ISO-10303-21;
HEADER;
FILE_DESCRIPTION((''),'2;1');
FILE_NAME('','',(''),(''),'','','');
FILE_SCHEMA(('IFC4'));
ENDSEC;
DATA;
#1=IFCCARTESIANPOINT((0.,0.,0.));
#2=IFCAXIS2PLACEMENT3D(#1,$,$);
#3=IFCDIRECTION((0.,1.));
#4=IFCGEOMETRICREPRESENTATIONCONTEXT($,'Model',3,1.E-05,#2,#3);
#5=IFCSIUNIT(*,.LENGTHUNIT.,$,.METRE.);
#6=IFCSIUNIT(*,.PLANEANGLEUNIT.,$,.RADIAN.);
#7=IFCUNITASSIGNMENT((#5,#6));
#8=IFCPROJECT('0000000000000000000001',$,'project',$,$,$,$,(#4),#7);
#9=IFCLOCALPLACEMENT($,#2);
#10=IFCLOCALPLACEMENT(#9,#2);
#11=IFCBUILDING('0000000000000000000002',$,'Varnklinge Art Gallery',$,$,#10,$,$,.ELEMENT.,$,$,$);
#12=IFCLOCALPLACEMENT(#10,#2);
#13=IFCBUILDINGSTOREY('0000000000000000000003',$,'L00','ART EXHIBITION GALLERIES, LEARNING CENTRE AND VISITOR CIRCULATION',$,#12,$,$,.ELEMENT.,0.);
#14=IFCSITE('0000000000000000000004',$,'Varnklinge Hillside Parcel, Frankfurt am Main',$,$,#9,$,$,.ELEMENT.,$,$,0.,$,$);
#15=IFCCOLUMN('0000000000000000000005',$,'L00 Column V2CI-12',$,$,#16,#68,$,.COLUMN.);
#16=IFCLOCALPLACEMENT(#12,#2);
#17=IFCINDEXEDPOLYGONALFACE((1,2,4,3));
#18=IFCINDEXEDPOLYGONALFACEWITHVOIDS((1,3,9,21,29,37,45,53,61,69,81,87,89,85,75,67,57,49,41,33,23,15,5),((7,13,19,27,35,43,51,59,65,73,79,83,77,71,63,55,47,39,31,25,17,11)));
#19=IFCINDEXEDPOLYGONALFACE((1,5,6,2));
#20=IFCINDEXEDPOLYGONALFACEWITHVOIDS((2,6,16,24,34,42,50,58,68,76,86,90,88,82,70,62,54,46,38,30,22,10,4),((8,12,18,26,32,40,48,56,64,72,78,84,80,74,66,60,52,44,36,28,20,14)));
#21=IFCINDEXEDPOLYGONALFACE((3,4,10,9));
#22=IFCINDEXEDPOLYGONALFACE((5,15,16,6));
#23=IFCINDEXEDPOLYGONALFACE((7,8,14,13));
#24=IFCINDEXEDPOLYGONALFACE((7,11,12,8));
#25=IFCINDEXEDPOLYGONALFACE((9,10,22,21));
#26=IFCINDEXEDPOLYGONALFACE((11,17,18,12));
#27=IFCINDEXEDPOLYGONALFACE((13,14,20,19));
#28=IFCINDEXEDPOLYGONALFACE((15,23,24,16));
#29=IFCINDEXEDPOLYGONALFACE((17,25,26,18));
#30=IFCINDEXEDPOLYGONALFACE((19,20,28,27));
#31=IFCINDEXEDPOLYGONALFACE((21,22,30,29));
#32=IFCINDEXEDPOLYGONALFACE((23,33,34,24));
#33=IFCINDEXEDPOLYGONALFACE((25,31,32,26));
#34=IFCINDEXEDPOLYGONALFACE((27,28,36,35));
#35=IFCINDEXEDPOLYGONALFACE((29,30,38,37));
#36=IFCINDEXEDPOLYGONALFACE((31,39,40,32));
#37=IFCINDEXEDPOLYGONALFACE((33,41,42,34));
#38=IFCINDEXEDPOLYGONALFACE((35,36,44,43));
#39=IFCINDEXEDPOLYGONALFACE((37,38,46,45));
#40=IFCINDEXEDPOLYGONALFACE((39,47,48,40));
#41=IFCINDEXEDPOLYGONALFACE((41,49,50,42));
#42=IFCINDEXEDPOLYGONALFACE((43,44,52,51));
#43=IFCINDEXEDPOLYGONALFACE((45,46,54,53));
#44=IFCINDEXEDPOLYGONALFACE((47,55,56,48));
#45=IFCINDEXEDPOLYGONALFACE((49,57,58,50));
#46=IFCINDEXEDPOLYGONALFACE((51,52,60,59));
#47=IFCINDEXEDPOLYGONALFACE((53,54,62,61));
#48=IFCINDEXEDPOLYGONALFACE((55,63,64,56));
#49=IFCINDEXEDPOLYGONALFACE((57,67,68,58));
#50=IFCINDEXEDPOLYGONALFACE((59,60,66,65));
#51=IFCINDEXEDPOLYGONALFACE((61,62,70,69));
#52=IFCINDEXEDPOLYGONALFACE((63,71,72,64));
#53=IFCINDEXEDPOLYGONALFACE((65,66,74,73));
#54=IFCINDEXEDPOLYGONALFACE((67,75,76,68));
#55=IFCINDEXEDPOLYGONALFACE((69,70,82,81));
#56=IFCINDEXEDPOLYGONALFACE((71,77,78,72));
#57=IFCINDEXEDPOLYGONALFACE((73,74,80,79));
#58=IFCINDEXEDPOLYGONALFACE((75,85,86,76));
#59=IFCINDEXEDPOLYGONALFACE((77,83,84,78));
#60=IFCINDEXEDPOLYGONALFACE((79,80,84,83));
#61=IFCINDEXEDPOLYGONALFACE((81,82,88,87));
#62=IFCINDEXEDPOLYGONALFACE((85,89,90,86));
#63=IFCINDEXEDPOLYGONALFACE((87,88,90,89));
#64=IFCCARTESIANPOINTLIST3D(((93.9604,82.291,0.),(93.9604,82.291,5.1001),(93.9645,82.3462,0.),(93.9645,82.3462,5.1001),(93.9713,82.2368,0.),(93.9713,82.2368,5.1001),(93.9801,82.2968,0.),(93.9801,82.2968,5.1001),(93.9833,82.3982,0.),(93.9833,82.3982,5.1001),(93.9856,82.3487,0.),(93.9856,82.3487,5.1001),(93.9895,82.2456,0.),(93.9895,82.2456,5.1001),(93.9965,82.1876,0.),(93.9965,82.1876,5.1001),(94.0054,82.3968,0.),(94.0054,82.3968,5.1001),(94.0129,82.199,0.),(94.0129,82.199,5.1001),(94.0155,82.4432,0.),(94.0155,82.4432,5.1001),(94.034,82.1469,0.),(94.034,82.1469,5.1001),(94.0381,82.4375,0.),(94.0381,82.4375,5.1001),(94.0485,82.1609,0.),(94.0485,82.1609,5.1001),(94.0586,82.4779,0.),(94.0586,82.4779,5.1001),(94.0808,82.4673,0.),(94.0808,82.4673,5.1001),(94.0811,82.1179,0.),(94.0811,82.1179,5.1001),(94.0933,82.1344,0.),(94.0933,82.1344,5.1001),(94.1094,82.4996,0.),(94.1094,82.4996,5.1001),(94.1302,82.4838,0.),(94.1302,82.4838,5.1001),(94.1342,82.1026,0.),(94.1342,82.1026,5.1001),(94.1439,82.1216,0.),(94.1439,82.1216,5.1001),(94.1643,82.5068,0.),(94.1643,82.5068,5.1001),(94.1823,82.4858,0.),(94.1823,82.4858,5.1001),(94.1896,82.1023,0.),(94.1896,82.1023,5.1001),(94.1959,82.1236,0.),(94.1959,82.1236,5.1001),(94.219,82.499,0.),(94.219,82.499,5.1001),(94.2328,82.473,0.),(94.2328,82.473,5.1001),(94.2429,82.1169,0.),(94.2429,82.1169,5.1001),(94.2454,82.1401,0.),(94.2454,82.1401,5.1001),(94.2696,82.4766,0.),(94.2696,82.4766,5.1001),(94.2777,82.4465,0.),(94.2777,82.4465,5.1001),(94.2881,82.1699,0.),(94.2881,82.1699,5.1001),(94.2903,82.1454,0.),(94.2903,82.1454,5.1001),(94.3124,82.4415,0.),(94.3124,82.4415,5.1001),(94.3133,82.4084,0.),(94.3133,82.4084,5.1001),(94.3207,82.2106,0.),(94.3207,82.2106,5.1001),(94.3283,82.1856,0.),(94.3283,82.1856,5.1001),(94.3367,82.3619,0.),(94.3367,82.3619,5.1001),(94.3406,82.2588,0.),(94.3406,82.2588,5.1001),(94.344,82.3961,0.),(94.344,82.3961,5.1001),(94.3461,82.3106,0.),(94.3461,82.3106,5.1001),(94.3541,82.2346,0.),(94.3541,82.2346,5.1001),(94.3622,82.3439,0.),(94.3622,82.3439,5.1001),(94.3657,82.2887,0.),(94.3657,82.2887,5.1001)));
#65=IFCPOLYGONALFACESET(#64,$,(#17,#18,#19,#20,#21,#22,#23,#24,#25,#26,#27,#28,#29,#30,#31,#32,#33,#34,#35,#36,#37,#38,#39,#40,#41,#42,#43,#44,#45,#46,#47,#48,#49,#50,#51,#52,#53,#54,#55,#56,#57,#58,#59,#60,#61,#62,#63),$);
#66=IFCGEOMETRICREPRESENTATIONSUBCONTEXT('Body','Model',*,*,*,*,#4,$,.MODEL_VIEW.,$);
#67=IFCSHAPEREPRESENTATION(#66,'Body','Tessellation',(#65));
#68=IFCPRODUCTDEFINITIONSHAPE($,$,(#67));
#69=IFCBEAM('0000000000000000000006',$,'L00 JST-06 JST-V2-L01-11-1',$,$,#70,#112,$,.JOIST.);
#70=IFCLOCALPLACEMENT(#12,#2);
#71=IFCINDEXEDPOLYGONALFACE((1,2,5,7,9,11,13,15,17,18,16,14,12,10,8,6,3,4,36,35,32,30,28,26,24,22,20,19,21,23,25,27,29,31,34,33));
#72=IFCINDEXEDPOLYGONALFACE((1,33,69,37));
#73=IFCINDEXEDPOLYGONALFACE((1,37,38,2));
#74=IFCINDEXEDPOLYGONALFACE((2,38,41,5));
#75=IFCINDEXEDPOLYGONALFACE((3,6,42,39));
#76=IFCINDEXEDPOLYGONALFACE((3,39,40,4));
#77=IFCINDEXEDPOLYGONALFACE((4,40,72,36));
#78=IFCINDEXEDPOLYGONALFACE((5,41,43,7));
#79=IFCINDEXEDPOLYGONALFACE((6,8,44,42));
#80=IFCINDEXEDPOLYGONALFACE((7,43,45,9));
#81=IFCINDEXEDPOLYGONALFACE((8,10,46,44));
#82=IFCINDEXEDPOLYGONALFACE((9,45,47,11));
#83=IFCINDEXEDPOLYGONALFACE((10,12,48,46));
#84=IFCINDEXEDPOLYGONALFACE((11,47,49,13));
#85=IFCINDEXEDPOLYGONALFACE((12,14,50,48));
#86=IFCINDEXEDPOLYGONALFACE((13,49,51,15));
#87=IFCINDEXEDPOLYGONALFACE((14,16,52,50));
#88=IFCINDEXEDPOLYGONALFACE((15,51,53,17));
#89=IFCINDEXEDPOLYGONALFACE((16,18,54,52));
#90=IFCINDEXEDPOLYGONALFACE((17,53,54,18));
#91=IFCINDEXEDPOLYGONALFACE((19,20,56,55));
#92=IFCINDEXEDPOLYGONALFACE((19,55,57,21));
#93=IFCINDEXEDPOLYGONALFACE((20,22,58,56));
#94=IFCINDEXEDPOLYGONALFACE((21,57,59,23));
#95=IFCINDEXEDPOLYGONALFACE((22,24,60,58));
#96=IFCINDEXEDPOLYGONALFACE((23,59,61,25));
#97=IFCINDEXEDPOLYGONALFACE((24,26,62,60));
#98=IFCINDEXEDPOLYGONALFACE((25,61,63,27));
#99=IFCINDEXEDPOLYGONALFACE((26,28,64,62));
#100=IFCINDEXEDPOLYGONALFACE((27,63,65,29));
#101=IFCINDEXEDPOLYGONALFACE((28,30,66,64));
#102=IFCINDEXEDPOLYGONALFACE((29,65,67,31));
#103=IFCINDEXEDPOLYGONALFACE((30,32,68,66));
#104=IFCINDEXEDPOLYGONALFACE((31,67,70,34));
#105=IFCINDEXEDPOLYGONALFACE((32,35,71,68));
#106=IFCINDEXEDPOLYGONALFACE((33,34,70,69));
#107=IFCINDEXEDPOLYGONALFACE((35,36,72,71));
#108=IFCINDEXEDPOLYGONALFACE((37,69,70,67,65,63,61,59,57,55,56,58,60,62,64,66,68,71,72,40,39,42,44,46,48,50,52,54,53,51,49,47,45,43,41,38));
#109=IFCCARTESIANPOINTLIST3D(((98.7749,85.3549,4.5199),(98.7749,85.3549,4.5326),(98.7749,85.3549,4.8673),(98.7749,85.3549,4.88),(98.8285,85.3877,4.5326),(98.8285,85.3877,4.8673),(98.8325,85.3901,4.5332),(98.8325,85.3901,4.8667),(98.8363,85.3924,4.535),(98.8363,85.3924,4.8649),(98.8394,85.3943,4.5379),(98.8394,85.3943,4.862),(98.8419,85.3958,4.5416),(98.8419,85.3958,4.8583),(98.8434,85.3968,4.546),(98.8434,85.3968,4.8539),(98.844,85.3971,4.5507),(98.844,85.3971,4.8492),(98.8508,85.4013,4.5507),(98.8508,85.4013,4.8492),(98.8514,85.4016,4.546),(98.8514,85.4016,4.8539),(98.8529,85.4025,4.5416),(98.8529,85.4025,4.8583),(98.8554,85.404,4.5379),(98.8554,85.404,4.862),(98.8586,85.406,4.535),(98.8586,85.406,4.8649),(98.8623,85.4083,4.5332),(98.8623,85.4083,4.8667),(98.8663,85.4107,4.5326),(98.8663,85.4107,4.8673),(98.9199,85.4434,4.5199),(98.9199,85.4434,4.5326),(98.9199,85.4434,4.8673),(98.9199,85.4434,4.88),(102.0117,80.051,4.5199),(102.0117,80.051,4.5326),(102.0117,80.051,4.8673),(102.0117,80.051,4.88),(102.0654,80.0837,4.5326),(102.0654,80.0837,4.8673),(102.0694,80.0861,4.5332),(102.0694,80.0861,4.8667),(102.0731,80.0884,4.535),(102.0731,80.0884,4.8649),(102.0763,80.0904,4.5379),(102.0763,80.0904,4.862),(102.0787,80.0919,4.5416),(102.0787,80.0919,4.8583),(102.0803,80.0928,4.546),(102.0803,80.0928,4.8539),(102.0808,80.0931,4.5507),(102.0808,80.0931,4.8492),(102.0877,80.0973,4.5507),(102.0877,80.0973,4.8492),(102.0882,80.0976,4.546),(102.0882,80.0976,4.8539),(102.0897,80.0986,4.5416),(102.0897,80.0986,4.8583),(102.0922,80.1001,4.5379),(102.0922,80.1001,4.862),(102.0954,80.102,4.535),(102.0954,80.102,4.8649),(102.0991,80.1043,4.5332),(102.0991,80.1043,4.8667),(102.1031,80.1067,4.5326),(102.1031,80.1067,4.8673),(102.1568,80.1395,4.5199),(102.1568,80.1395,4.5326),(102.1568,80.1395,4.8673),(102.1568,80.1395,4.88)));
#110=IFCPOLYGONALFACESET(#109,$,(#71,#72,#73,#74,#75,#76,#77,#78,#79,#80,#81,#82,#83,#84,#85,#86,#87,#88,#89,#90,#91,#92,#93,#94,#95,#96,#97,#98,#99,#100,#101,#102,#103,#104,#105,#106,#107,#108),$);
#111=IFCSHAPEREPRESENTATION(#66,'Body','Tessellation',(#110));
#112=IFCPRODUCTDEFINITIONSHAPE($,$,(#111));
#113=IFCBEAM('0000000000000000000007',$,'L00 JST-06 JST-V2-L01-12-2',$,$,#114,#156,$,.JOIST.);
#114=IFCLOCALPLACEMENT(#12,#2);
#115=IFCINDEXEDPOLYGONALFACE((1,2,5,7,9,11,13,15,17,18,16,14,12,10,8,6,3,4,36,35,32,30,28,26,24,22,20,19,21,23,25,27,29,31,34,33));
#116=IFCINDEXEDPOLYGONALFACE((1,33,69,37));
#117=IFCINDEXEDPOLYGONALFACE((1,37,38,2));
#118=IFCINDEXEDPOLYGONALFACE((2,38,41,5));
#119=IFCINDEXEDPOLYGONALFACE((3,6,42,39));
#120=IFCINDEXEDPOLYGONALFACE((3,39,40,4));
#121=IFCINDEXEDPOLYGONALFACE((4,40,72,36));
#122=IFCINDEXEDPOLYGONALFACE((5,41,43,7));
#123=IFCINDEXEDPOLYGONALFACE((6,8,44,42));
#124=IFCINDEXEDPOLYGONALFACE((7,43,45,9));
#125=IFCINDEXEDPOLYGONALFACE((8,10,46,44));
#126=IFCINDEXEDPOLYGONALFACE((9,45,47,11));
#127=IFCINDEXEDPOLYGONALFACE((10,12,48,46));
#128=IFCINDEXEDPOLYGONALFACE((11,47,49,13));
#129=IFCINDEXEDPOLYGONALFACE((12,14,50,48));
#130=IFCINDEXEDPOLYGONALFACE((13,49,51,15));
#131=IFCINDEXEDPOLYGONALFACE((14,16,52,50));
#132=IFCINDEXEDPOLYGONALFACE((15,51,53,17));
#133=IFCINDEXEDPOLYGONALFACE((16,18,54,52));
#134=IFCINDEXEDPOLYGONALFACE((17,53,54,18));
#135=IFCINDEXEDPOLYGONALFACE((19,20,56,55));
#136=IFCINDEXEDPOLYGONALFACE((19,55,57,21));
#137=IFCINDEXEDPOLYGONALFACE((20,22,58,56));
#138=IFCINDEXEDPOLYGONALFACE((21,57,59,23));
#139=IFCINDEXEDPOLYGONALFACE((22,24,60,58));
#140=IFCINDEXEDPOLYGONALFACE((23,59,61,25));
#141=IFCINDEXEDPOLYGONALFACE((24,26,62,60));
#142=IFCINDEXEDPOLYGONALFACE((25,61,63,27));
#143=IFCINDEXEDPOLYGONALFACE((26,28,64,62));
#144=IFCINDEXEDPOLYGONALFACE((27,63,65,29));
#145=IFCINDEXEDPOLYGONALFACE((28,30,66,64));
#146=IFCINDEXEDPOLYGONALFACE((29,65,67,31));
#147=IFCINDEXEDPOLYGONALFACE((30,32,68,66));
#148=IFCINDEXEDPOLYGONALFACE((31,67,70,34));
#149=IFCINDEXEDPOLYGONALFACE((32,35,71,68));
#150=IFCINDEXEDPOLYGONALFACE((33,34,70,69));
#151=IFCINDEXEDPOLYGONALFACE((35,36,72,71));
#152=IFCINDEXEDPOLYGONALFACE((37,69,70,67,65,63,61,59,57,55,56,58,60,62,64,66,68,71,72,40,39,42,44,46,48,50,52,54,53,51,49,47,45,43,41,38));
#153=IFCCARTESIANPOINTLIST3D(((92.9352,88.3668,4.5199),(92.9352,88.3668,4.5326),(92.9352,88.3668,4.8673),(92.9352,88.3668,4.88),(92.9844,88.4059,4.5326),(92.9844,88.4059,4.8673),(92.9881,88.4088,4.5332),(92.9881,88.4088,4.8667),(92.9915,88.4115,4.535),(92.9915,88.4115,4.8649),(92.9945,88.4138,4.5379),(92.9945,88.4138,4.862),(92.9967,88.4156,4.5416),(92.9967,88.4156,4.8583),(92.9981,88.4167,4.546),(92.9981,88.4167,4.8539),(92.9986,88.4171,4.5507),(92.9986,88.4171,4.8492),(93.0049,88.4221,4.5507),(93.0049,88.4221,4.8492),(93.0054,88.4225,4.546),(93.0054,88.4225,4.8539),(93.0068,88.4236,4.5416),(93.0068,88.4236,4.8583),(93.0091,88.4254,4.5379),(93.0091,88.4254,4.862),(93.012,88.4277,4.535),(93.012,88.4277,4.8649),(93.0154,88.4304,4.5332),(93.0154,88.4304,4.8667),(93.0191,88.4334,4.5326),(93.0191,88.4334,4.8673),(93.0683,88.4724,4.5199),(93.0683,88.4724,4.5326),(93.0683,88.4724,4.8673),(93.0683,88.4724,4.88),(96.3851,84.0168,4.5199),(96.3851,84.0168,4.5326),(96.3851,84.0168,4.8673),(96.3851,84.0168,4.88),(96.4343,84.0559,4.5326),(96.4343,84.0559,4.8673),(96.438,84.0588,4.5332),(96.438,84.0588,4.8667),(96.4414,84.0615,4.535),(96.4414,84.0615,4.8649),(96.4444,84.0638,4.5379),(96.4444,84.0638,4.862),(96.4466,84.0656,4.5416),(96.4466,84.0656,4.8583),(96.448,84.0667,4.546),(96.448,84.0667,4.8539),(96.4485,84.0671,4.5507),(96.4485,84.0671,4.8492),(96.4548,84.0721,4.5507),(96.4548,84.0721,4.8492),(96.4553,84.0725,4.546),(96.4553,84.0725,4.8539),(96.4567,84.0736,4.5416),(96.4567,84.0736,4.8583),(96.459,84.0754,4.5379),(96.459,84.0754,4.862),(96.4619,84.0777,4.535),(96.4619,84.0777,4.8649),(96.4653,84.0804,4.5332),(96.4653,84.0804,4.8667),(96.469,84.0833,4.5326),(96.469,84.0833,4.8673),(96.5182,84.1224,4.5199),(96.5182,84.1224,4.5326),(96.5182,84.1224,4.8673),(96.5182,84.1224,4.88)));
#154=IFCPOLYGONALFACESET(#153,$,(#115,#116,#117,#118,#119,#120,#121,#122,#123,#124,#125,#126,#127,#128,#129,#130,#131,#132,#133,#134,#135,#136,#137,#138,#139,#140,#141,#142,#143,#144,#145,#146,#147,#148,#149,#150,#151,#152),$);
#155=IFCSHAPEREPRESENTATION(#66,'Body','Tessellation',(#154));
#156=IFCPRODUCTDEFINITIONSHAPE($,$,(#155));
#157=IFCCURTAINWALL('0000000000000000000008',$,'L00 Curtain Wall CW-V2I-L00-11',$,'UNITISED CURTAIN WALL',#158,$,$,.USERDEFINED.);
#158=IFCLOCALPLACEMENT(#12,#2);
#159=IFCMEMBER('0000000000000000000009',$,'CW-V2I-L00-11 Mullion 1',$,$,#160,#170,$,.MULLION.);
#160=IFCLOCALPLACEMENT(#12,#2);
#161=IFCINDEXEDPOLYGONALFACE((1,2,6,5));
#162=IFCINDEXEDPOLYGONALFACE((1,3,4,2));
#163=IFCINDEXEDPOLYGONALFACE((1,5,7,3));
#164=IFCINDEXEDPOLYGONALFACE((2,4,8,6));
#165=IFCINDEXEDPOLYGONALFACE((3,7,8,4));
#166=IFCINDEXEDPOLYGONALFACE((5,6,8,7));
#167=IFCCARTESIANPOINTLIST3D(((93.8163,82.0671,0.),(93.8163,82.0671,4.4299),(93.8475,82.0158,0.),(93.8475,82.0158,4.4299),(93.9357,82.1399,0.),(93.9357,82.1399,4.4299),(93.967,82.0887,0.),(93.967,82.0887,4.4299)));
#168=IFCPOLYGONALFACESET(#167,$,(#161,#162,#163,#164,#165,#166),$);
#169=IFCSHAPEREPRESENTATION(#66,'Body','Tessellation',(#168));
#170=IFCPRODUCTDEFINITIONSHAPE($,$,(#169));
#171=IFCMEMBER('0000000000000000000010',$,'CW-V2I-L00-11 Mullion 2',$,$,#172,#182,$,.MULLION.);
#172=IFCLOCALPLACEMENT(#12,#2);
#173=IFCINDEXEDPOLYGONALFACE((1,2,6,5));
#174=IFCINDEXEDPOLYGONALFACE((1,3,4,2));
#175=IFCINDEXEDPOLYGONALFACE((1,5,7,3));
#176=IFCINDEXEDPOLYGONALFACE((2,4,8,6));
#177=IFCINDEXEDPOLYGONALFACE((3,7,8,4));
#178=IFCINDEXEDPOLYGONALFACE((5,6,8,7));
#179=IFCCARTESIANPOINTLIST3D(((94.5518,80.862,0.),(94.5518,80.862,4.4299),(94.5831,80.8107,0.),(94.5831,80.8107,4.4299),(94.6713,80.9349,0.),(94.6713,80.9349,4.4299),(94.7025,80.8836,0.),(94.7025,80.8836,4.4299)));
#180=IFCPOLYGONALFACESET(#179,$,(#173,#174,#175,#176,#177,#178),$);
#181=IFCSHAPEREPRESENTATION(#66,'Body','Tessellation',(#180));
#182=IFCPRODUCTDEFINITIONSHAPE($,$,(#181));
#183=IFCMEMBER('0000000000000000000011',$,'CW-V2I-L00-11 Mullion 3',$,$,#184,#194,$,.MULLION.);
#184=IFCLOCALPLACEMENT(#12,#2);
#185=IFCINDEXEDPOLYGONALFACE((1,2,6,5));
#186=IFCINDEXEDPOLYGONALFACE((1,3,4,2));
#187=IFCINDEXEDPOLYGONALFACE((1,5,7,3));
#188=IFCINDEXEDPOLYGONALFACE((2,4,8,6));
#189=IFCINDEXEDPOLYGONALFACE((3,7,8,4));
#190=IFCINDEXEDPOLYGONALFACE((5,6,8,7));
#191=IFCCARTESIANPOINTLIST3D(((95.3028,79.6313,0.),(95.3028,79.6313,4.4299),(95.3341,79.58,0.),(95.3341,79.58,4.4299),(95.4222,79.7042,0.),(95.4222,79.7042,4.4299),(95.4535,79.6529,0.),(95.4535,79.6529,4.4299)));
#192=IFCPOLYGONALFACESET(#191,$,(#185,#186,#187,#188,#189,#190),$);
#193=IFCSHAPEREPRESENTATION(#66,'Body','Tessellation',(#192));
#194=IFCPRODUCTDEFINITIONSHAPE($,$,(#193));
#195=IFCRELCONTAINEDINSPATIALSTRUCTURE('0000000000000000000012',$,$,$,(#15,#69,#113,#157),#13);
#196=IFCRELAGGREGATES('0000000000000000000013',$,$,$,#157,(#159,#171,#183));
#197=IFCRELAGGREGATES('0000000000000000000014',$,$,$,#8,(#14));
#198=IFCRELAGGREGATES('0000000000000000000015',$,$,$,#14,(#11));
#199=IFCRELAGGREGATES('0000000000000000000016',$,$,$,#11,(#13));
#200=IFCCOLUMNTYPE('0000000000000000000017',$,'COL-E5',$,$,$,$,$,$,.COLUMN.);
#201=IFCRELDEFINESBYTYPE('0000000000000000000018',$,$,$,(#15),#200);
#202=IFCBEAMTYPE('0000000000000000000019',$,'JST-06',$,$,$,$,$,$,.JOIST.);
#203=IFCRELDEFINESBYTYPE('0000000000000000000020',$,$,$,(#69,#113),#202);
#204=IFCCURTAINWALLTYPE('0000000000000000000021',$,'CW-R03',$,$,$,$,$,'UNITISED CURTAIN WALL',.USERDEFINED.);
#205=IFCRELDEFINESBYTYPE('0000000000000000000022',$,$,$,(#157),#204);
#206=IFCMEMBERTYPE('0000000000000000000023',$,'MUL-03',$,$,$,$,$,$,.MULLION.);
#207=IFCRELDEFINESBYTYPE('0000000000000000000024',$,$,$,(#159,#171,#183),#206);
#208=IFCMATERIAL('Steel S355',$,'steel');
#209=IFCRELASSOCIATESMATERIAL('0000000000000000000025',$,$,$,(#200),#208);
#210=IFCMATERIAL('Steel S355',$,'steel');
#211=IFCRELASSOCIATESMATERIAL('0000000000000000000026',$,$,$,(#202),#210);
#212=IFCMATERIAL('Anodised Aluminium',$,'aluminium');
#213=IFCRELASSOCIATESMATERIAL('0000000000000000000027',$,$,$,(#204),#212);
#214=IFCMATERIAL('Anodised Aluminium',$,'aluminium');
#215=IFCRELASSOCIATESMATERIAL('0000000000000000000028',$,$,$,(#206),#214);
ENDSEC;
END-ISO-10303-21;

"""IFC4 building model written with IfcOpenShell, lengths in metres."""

from ifc_helpers import new_model, si_unit, direction, frame, origin, origin_2d, place, context, subcontext, project, spatial, rectangle, hollow_circle, i_section, extrude, material, material_profile, profile_set, type_object, element, aggregate, save


model = new_model("IFC4")

# Units and contexts
model_context = context("Model", 3, precision=1e-05, world=origin(), true_north=direction((0.0, 1.0)))
body_context = subcontext(model_context, "Body", "Model", "MODEL_VIEW")
ifc_project = project(units=[si_unit("LENGTHUNIT", "METRE"), si_unit("PLANEANGLEUNIT", "RADIAN")], contexts=[model_context])

# Site, building, storey
site_placement = place(None, origin())
site = spatial("IfcSite", under=ifc_project, at=site_placement, Name="Varnklinge Hillside Parcel, Frankfurt am Main", CompositionType="ELEMENT", RefElevation=0.0)
building_placement = place(site_placement, origin())
building = spatial("IfcBuilding", under=site, at=building_placement, Name="Varnklinge Art Gallery", CompositionType="ELEMENT")
storey_placement = place(building_placement, origin())
storey = spatial("IfcBuildingStorey", under=building, at=storey_placement, Name="L00", Description="ART EXHIBITION GALLERIES, LEARNING CENTRE AND VISITOR CIRCULATION", CompositionType="ELEMENT", Elevation=0.0)

# Column
ifc_material_1 = material(Name="Steel S355", Category="steel")
ifc_material_profile_1 = material_profile(ifc_material_1, hollow_circle(Radius=0.2031, WallThickness=0.02, at=origin_2d()), Name="CHS 406.4x20")
ifc_profile_set_1 = profile_set([ifc_material_profile_1], Name="Steel S355")
column_type = type_object("IfcColumnType", Name="COL-E5", PredefinedType="COLUMN", material=ifc_profile_set_1)
column_placement = place(storey_placement, frame((94.1631, 82.3037, 0.0), z_axis=(0.0, 0.0, 1.0), x_axis=(-0.820352, -0.57186, 0.0)))
element("IfcColumn", 1, at=column_placement, inside=storey, type_object=column_type, Name="L00 Column V2CI-12", PredefinedType="COLUMN", context=body_context, shape_type="SweptSolid", body=[
    extrude(hollow_circle(Radius=0.2031, WallThickness=0.02, at=origin_2d()), origin(), (0.0, 0.0, 1.0), 5.1001),
])

# Beams
ifc_material_2 = material(Name="Steel S355", Category="steel")
ifc_material_profile_2 = material_profile(ifc_material_2, i_section(OverallWidth=0.1699, OverallDepth=0.3601, WebThickness=0.0081, FlangeThickness=0.0127, FilletRadius=0.0181, at=origin_2d()), Name="IPE 360")
ifc_profile_set_2 = profile_set([ifc_material_profile_2], Name="Steel S355")
beam_type_1 = type_object("IfcBeamType", Name="JST-06", PredefinedType="JOIST", material=ifc_profile_set_2)
beam_1_placement = place(storey_placement, frame((102.0842, 80.0952, 4.7), z_axis=(-0.520924, 0.853603, 0.0), x_axis=(-0.853603, -0.520924, 0.0)))
element("IfcBeam", 2, at=beam_1_placement, inside=storey, type_object=beam_type_1, Name="L00 JST-06 JST-V2-L01-11-1", PredefinedType="JOIST", context=body_context, shape_type="SweptSolid", body=[
    extrude(i_section(OverallWidth=0.1699, OverallDepth=0.3601, WebThickness=0.0081, FlangeThickness=0.0127, FilletRadius=0.0181, at=origin_2d()), origin(), (0.0, 0.0, 1.0), 6.2136),
])
beam_2_placement = place(storey_placement, frame((96.4517, 84.0696, 4.7), z_axis=(-0.621381, 0.783509, 0.0), x_axis=(-0.783509, -0.621381, 0.0)))
element("IfcBeam", 3, at=beam_2_placement, inside=storey, type_object=beam_type_1, Name="L00 JST-06 JST-V2-L01-12-2", PredefinedType="JOIST", context=body_context, shape_type="SweptSolid", body=[
    extrude(i_section(OverallWidth=0.1699, OverallDepth=0.3601, WebThickness=0.0081, FlangeThickness=0.0127, FilletRadius=0.0181, at=origin_2d()), origin(), (0.0, 0.0, 1.0), 5.552),
])

# Curtain wall, members
ifc_material_3 = material(Name="Anodised Aluminium", Category="aluminium")
curtain_wall_type_1 = type_object("IfcCurtainWallType", Name="CW-R03", ElementType="UNITISED CURTAIN WALL", PredefinedType="USERDEFINED", material=ifc_material_3)
curtain_wall_1_placement = place(storey_placement, origin())
curtain_wall_1 = element("IfcCurtainWall", 4, at=curtain_wall_1_placement, inside=storey, type_object=curtain_wall_type_1, Name="L00 Curtain Wall CW-V2I-L00-11", ObjectType="UNITISED CURTAIN WALL", PredefinedType="USERDEFINED")
ifc_material_4 = material(Name="Anodised Aluminium", Category="aluminium")
ifc_material_profile_3 = material_profile(ifc_material_4, rectangle(XDim=0.0601, YDim=0.1399, at=origin_2d()), Name="ALU 60x140")
ifc_profile_set_3 = profile_set([ifc_material_profile_3], Name="Anodised Aluminium")
member_type_1 = type_object("IfcMemberType", Name="MUL-03", PredefinedType="MULLION", material=ifc_profile_set_3)
member_1_placement = place(storey_placement, frame((93.8916, 82.0779, 0.0), z_axis=(0.0, 0.0, 1.0), x_axis=(0.520861, -0.853642, 0.0)))
member_1 = element("IfcMember", 5, at=member_1_placement, type_object=member_type_1, Name="CW-V2I-L00-11 Mullion 1", PredefinedType="MULLION", context=body_context, shape_type="SweptSolid", body=[
    extrude(rectangle(XDim=0.0601, YDim=0.1399, at=origin_2d()), origin(), (0.0, 0.0, 1.0), 4.4299),
])
member_2_placement = place(storey_placement, frame((94.6272, 80.8728, 0.0), z_axis=(0.0, 0.0, 1.0), x_axis=(0.520861, -0.853642, 0.0)))
member_2 = element("IfcMember", 6, at=member_2_placement, type_object=member_type_1, Name="CW-V2I-L00-11 Mullion 2", PredefinedType="MULLION", context=body_context, shape_type="SweptSolid", body=[
    extrude(rectangle(XDim=0.0601, YDim=0.1399, at=origin_2d()), origin(), (0.0, 0.0, 1.0), 4.4299),
])
member_3_placement = place(storey_placement, frame((95.3782, 79.6421, 0.0), z_axis=(0.0, 0.0, 1.0), x_axis=(0.520861, -0.853642, 0.0)))
member_3 = element("IfcMember", 7, at=member_3_placement, type_object=member_type_1, Name="CW-V2I-L00-11 Mullion 3", PredefinedType="MULLION", context=body_context, shape_type="SweptSolid", body=[
    extrude(rectangle(XDim=0.0601, YDim=0.1399, at=origin_2d()), origin(), (0.0, 0.0, 1.0), 4.4299),
])

aggregate(curtain_wall_1, [member_1, member_2, member_3])

save(model, "model.ifc")
